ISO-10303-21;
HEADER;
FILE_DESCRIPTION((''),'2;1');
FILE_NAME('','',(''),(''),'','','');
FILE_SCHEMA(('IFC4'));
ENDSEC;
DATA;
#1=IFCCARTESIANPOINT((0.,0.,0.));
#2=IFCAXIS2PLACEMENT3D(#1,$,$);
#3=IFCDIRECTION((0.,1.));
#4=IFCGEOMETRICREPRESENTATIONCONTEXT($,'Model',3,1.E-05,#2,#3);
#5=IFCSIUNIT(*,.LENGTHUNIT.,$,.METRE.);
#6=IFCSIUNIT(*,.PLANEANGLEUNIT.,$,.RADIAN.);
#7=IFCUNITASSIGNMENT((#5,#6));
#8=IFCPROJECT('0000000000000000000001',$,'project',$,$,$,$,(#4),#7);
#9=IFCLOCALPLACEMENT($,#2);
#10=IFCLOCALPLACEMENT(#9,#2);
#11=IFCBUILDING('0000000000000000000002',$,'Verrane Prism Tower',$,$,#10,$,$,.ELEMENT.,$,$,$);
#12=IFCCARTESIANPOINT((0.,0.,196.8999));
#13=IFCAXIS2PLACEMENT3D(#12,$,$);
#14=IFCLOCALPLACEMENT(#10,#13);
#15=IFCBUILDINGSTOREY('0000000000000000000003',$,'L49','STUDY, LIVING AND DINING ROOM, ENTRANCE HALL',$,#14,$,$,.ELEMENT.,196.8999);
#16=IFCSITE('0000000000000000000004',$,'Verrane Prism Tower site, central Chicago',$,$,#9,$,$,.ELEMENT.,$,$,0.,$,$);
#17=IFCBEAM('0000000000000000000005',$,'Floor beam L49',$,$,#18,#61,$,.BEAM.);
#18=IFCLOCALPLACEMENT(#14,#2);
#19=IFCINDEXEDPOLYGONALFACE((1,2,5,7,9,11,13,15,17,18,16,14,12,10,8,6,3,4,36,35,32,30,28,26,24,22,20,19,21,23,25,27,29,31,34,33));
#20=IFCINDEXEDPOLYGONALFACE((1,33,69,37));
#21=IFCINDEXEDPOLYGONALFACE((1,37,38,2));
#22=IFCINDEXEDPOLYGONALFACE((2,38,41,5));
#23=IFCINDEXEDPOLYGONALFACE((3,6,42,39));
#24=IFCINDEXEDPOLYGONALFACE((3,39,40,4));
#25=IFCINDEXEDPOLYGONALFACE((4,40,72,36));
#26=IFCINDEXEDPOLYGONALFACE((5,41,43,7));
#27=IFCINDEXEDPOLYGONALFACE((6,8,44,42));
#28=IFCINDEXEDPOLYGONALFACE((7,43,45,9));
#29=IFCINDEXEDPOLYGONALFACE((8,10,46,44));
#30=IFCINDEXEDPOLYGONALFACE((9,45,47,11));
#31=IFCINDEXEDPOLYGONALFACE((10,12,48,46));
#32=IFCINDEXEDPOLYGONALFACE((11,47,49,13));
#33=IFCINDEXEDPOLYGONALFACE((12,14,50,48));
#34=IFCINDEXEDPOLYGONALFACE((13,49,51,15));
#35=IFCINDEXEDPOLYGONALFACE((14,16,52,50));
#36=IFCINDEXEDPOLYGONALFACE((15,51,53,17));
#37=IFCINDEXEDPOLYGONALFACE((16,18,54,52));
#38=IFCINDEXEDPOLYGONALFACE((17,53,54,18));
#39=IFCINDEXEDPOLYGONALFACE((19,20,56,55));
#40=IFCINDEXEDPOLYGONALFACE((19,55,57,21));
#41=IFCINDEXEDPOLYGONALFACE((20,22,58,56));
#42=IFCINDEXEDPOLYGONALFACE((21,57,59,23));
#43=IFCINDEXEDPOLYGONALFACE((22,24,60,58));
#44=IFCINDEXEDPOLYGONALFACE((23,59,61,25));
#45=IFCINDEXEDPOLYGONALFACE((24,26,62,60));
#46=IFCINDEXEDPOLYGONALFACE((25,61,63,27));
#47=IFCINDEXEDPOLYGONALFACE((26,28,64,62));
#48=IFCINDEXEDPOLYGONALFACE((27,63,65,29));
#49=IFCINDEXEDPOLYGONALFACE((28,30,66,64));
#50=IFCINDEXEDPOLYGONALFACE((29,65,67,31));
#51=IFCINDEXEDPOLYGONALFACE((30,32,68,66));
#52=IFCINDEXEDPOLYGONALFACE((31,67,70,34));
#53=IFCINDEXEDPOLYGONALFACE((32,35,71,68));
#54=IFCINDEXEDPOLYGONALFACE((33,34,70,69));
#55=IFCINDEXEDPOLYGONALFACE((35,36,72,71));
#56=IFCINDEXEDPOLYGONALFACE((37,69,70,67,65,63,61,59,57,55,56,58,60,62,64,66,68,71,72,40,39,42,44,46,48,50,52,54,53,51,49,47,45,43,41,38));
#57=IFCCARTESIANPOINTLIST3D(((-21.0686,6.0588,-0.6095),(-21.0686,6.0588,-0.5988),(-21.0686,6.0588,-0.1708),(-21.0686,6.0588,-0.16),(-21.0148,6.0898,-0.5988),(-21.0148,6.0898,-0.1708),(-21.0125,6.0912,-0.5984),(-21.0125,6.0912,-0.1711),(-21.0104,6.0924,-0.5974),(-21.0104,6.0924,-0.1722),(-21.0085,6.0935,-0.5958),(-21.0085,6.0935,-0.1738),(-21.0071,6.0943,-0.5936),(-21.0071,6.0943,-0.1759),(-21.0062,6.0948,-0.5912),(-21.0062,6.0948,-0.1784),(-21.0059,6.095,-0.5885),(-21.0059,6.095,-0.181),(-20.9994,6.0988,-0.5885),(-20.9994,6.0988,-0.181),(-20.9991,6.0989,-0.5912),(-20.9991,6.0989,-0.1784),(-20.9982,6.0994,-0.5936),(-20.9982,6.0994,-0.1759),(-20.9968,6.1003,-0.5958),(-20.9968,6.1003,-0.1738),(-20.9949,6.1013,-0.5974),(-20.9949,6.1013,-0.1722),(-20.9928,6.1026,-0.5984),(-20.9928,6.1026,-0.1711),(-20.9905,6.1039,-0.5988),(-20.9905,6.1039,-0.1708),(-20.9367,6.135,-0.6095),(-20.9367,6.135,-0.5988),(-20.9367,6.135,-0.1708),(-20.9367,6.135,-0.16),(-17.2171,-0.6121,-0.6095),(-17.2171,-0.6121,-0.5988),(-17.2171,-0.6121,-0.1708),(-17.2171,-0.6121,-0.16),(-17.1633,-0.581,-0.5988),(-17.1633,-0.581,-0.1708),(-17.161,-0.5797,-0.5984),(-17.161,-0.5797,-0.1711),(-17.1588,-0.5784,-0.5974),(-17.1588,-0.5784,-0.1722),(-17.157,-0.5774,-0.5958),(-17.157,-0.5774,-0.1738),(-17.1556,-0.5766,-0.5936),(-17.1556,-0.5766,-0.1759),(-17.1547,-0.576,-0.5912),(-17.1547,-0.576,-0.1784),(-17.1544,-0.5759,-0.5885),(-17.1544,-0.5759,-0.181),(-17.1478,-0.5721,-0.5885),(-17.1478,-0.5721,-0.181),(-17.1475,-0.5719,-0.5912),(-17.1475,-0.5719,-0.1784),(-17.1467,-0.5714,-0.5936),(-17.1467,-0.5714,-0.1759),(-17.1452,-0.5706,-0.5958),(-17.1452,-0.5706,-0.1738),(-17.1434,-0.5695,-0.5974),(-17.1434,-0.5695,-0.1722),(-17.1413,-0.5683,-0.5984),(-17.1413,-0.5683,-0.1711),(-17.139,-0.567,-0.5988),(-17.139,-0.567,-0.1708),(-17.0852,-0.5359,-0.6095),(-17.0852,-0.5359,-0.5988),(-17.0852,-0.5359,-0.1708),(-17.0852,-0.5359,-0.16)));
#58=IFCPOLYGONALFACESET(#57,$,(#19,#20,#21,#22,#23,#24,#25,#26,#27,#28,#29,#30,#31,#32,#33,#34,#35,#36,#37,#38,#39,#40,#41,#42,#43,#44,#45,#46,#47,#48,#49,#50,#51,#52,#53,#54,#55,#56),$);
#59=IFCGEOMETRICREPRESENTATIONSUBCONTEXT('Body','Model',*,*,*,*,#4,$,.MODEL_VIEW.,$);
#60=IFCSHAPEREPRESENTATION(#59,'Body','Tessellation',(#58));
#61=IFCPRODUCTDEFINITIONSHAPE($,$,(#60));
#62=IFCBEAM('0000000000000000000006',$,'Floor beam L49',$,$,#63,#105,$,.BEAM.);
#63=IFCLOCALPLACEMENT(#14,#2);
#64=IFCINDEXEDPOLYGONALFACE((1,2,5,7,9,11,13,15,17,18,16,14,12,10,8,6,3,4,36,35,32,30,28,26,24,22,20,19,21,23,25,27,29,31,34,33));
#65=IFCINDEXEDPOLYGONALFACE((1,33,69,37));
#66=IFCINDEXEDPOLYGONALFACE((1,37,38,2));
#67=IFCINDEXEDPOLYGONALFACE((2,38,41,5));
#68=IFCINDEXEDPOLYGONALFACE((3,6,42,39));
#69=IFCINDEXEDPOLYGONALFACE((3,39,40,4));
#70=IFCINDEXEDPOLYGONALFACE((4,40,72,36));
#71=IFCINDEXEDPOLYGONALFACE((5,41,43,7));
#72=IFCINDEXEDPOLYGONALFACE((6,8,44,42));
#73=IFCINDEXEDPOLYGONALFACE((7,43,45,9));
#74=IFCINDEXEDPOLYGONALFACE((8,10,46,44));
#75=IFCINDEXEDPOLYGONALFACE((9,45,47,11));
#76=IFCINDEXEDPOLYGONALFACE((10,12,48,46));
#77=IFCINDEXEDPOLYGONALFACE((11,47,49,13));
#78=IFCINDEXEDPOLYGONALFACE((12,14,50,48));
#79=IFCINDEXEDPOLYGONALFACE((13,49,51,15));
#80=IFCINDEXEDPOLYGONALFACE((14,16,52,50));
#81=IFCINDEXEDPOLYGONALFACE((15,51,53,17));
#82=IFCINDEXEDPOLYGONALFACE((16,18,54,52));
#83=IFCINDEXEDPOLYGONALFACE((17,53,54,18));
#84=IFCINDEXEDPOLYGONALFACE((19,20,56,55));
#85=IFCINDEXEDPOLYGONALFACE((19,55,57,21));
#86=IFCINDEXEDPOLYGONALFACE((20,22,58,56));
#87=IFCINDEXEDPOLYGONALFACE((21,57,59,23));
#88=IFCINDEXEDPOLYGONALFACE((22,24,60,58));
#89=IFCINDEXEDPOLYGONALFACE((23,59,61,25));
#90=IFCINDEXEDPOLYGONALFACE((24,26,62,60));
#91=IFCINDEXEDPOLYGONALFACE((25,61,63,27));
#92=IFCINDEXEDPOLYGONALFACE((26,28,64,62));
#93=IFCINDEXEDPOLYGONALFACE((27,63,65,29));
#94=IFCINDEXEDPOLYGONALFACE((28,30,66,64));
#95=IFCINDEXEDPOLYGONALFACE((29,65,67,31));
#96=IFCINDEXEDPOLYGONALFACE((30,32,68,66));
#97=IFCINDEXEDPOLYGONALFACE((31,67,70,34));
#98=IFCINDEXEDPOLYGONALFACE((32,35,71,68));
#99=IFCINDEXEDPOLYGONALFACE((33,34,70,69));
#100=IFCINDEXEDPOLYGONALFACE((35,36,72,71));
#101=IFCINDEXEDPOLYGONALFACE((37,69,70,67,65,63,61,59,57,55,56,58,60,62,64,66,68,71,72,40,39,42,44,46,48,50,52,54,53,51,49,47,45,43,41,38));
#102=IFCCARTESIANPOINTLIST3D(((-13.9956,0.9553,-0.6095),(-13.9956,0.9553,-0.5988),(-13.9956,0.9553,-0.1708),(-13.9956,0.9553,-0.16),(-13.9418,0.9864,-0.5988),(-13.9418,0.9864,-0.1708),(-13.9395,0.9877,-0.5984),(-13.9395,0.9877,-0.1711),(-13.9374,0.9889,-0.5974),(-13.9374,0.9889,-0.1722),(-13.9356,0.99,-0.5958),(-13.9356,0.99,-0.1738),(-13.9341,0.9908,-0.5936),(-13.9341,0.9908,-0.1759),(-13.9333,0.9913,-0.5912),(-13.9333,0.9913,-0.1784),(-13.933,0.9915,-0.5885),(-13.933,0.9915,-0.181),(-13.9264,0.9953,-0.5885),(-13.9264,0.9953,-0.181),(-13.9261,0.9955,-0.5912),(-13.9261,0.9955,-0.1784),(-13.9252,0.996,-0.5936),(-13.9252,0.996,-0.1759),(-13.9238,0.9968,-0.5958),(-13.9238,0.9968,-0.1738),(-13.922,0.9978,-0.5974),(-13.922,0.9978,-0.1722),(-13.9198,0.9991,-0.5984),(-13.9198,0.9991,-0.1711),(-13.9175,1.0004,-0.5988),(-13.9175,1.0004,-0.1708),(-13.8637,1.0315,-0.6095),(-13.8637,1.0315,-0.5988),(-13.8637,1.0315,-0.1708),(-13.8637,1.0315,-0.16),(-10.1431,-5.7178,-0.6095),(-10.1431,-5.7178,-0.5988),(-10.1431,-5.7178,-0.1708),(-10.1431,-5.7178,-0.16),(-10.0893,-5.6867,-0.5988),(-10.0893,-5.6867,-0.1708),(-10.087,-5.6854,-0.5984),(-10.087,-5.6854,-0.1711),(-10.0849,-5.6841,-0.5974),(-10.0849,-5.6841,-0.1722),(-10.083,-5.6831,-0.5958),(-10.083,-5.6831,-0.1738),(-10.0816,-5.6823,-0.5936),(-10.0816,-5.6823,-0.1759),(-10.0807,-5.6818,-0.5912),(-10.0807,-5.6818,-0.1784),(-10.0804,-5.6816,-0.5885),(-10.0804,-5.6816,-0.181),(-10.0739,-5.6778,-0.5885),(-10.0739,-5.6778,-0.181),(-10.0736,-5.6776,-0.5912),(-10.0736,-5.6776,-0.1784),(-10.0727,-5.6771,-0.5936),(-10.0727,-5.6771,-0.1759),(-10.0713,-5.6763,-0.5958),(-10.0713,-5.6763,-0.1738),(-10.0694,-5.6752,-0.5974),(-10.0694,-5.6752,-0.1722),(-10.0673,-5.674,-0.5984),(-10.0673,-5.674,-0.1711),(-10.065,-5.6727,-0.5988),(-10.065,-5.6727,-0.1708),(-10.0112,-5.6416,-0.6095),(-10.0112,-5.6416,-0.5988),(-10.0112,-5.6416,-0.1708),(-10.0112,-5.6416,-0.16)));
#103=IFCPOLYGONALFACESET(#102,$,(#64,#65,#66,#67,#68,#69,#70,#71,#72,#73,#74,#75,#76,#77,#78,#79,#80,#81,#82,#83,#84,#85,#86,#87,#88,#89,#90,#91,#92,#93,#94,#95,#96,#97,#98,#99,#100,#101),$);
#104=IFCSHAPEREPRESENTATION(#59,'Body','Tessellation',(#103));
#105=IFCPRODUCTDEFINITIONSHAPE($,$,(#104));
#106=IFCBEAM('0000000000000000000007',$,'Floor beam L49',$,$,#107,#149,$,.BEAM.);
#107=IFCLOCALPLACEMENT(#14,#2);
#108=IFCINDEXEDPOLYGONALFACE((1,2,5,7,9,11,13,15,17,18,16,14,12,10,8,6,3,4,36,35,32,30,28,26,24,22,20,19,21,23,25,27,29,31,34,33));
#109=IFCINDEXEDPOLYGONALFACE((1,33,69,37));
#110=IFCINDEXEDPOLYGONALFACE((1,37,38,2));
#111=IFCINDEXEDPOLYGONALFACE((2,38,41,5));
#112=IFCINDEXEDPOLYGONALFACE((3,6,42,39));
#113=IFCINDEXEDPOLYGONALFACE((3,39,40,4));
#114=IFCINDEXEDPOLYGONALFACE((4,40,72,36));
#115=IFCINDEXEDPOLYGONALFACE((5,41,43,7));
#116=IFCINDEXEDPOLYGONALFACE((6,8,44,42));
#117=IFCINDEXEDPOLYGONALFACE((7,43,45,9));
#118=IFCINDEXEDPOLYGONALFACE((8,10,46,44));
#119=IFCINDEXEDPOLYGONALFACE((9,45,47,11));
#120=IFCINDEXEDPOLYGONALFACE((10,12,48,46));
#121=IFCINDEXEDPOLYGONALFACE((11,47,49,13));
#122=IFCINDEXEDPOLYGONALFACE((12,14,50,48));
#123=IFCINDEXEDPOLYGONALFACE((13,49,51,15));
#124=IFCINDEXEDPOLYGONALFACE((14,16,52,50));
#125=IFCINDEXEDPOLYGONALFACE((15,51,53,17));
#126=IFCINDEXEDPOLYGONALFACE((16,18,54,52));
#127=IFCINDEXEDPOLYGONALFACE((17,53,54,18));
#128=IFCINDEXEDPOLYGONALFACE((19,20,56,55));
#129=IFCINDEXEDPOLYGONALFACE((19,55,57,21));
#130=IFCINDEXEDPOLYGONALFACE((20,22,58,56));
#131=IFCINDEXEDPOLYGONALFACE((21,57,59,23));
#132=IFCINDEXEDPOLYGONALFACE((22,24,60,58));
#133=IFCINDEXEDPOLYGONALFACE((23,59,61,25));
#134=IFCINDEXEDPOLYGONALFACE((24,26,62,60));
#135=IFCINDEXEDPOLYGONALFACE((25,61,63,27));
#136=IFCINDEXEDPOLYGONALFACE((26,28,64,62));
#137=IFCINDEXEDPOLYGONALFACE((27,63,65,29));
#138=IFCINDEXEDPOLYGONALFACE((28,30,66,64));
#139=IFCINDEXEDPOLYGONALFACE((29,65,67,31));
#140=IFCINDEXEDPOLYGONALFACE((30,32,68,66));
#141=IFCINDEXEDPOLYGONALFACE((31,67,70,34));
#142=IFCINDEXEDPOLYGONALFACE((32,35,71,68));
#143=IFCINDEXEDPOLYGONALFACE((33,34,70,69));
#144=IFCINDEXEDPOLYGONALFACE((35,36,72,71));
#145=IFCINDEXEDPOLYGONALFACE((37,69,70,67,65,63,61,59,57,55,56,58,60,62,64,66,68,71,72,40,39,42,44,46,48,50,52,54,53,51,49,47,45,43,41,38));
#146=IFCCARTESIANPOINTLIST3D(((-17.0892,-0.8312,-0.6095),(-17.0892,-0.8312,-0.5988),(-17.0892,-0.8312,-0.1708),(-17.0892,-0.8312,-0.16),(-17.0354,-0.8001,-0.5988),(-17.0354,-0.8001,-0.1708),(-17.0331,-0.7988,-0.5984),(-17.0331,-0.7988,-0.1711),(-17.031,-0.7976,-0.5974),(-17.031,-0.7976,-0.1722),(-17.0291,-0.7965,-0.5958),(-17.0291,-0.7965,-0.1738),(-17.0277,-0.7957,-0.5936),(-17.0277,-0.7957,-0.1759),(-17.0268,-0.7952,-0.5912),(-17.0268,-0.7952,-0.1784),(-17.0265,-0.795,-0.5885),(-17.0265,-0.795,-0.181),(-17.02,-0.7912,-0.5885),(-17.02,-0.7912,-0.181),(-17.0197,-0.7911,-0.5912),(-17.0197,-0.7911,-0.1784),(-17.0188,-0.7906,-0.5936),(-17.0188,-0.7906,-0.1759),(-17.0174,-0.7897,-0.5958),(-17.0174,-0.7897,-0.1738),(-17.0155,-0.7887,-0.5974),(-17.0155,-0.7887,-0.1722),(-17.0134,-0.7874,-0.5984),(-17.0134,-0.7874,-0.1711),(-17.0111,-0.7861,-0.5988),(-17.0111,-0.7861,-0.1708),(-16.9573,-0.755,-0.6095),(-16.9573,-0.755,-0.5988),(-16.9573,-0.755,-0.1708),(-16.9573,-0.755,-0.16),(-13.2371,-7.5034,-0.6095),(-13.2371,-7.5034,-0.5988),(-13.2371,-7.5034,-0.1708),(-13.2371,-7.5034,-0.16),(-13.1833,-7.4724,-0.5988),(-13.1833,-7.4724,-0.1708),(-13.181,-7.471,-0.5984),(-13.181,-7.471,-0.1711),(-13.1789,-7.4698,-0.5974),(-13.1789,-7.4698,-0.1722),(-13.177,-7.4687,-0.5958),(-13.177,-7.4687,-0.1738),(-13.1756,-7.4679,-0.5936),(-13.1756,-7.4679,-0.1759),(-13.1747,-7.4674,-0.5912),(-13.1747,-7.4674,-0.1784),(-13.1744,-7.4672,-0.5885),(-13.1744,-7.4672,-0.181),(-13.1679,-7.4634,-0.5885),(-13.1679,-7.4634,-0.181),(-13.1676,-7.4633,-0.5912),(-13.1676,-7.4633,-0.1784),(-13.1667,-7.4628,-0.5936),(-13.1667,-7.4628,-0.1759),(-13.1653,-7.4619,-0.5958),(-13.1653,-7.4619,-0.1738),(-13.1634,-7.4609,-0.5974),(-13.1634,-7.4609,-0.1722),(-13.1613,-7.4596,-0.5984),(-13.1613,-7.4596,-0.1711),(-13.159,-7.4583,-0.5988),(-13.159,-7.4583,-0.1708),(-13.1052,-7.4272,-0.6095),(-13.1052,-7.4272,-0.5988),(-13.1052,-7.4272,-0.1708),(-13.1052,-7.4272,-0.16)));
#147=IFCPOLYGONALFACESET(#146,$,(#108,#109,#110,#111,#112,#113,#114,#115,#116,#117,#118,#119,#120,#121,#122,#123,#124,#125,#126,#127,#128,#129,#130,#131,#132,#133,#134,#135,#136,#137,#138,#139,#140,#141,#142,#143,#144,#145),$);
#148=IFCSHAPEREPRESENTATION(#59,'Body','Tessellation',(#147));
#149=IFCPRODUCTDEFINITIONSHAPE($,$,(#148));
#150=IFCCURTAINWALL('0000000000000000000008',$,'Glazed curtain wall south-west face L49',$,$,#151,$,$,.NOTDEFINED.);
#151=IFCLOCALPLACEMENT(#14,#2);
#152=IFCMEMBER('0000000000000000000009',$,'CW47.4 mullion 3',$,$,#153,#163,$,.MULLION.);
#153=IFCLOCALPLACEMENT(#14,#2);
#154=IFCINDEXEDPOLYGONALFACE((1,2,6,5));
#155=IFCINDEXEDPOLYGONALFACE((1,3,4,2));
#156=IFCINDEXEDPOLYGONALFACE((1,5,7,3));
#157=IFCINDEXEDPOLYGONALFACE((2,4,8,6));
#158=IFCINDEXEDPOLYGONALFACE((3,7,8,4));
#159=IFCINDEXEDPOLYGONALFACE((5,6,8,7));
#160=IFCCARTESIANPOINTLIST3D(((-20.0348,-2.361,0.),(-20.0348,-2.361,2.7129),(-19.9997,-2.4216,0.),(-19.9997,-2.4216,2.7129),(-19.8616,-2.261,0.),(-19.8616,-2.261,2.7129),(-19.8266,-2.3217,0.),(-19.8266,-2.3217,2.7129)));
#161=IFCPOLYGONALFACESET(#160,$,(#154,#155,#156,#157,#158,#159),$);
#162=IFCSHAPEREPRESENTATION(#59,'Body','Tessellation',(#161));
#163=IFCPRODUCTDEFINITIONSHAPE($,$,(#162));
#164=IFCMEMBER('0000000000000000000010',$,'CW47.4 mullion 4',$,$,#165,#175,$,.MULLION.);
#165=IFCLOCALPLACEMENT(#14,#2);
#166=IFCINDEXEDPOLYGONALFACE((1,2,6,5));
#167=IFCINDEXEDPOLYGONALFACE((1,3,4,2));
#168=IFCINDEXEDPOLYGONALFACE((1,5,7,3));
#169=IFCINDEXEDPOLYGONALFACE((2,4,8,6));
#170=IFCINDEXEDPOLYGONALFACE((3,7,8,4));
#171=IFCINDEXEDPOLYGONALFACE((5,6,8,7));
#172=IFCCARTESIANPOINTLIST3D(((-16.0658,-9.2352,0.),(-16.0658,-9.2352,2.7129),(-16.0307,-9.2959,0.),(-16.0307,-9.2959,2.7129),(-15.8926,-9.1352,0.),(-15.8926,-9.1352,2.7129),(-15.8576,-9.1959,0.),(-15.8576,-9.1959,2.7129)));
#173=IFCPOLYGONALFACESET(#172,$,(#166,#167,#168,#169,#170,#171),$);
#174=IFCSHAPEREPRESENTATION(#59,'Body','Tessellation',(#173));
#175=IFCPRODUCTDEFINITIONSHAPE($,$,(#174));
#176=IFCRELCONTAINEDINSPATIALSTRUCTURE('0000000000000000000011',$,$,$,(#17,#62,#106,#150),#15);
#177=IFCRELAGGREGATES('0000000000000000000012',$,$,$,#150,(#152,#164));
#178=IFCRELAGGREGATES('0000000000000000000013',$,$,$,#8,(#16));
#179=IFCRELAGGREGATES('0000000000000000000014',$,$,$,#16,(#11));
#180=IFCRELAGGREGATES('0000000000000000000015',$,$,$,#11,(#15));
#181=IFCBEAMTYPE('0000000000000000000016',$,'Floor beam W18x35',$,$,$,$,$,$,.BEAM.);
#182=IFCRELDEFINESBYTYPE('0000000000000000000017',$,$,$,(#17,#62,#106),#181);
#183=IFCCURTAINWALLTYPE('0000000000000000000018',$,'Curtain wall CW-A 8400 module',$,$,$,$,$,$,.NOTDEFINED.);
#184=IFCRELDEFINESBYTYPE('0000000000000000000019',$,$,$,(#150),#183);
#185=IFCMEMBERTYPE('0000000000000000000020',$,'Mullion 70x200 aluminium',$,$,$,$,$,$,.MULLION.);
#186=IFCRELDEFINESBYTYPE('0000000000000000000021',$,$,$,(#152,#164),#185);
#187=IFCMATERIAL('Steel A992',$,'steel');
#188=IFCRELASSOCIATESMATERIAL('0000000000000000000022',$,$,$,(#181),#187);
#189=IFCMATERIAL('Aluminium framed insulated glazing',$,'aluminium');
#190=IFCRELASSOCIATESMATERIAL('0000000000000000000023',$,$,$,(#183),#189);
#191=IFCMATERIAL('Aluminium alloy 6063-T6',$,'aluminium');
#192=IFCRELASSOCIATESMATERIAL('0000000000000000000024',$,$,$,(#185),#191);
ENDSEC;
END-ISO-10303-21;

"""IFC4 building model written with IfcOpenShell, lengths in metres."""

from ifc_helpers import new_model, si_unit, direction, frame, origin, origin_2d, place, context, subcontext, project, spatial, rectangle, i_section, extrude, material, material_profile, profile_set, type_object, element, aggregate, save


model = new_model("IFC4")

# Units and contexts
model_context = context("Model", 3, precision=1e-05, world=origin(), true_north=direction((0.0, 1.0)))
body_context = subcontext(model_context, "Body", "Model", "MODEL_VIEW")
ifc_project = project(units=[si_unit("LENGTHUNIT", "METRE"), si_unit("PLANEANGLEUNIT", "RADIAN")], contexts=[model_context])

# Site, building, storey
site_placement = place(None, origin())
site = spatial("IfcSite", under=ifc_project, at=site_placement, Name="Verrane Prism Tower site, central Chicago", CompositionType="ELEMENT", RefElevation=0.0)
building_placement = place(site_placement, origin())
building = spatial("IfcBuilding", under=site, at=building_placement, Name="Verrane Prism Tower", CompositionType="ELEMENT")
storey_placement = place(building_placement, frame((0.0, 0.0, 196.8999)))
storey = spatial("IfcBuildingStorey", under=building, at=storey_placement, Name="L49", Description="STUDY, LIVING AND DINING ROOM, ENTRANCE HALL", CompositionType="ELEMENT", Elevation=196.8999)

# Beams
ifc_material_1 = material(Name="Steel A992", Category="steel")
ifc_material_profile_1 = material_profile(ifc_material_1, i_section(OverallWidth=0.1523, OverallDepth=0.4495, WebThickness=0.0076, FlangeThickness=0.0107, FilletRadius=0.0103, at=origin_2d()), Name="W18x35")
ifc_profile_set_1 = profile_set([ifc_material_profile_1], Name="Steel A992")
beam_type_1 = type_object("IfcBeamType", Name="Floor beam W18x35", PredefinedType="BEAM", material=ifc_profile_set_1)
beam_1_placement = place(storey_placement, frame((-17.1511, -0.574, -0.3848), z_axis=(-0.500011, 0.866019, 0.0), x_axis=(-0.866019, -0.500011, 0.0)))
element("IfcBeam", 1, at=beam_1_placement, inside=storey, type_object=beam_type_1, Name="Floor beam L49", PredefinedType="BEAM", context=body_context, shape_type="SweptSolid", body=[
    extrude(i_section(OverallWidth=0.1523, OverallDepth=0.4495, WebThickness=0.0076, FlangeThickness=0.0107, FilletRadius=0.0103, at=origin_2d()), origin(), (0.0, 0.0, 1.0), 7.7029),
])
beam_2_placement = place(storey_placement, frame((-10.0771, -5.6797, -0.3848), z_axis=(-0.499983, 0.866035, 0.0), x_axis=(-0.866035, -0.499983, 0.0)))
element("IfcBeam", 2, at=beam_2_placement, inside=storey, type_object=beam_type_1, Name="Floor beam L49", PredefinedType="BEAM", context=body_context, shape_type="SweptSolid", body=[
    extrude(i_section(OverallWidth=0.1523, OverallDepth=0.4495, WebThickness=0.0076, FlangeThickness=0.0107, FilletRadius=0.0103, at=origin_2d()), origin(), (0.0, 0.0, 1.0), 7.7053),
])
beam_3_placement = place(storey_placement, frame((-13.1711, -7.4653, -0.3848), z_axis=(-0.49999, 0.866031, 0.0), x_axis=(-0.866031, -0.49999, 0.0)))
element("IfcBeam", 3, at=beam_3_placement, inside=storey, type_object=beam_type_1, Name="Floor beam L49", PredefinedType="BEAM", context=body_context, shape_type="SweptSolid", body=[
    extrude(i_section(OverallWidth=0.1523, OverallDepth=0.4495, WebThickness=0.0076, FlangeThickness=0.0107, FilletRadius=0.0103, at=origin_2d()), origin(), (0.0, 0.0, 1.0), 7.7043),
])

# Curtain wall, members
ifc_material_2 = material(Name="Aluminium framed insulated glazing", Category="aluminium")
curtain_wall_type = type_object("IfcCurtainWallType", Name="Curtain wall CW-A 8400 module", PredefinedType="NOTDEFINED", material=ifc_material_2)
curtain_wall_placement = place(storey_placement, origin())
curtain_wall = element("IfcCurtainWall", 4, at=curtain_wall_placement, inside=storey, type_object=curtain_wall_type, Name="Glazed curtain wall south-west face L49", PredefinedType="NOTDEFINED")
ifc_material_3 = material(Name="Aluminium alloy 6063-T6", Category="aluminium")
ifc_material_profile_2 = material_profile(ifc_material_3, rectangle(XDim=0.2, YDim=0.0701, at=origin_2d()), Name="Mullion 70x200 aluminium")
ifc_profile_set_2 = profile_set([ifc_material_profile_2], Name="Aluminium alloy 6063-T6")
member_type_1 = type_object("IfcMemberType", Name="Mullion 70x200 aluminium", PredefinedType="MULLION", material=ifc_profile_set_2)
member_1_placement = place(storey_placement, frame((-19.9307, -2.3413, 0.0), z_axis=(0.0, 0.0, 1.0), x_axis=(0.866026, 0.5, 0.0)))
member_1 = element("IfcMember", 5, at=member_1_placement, type_object=member_type_1, Name="CW47.4 mullion 3", PredefinedType="MULLION", context=body_context, shape_type="SweptSolid", body=[
    extrude(rectangle(XDim=0.2, YDim=0.0701, at=origin_2d()), origin(), (0.0, 0.0, 1.0), 2.7129),
])
member_2_placement = place(storey_placement, frame((-15.9617, -9.2156, 0.0), z_axis=(0.0, 0.0, 1.0), x_axis=(0.866026, 0.5, 0.0)))
member_2 = element("IfcMember", 6, at=member_2_placement, type_object=member_type_1, Name="CW47.4 mullion 4", PredefinedType="MULLION", context=body_context, shape_type="SweptSolid", body=[
    extrude(rectangle(XDim=0.2, YDim=0.0701, at=origin_2d()), origin(), (0.0, 0.0, 1.0), 2.7129),
])

aggregate(curtain_wall, [member_1, member_2])

save(model, "model.ifc")
